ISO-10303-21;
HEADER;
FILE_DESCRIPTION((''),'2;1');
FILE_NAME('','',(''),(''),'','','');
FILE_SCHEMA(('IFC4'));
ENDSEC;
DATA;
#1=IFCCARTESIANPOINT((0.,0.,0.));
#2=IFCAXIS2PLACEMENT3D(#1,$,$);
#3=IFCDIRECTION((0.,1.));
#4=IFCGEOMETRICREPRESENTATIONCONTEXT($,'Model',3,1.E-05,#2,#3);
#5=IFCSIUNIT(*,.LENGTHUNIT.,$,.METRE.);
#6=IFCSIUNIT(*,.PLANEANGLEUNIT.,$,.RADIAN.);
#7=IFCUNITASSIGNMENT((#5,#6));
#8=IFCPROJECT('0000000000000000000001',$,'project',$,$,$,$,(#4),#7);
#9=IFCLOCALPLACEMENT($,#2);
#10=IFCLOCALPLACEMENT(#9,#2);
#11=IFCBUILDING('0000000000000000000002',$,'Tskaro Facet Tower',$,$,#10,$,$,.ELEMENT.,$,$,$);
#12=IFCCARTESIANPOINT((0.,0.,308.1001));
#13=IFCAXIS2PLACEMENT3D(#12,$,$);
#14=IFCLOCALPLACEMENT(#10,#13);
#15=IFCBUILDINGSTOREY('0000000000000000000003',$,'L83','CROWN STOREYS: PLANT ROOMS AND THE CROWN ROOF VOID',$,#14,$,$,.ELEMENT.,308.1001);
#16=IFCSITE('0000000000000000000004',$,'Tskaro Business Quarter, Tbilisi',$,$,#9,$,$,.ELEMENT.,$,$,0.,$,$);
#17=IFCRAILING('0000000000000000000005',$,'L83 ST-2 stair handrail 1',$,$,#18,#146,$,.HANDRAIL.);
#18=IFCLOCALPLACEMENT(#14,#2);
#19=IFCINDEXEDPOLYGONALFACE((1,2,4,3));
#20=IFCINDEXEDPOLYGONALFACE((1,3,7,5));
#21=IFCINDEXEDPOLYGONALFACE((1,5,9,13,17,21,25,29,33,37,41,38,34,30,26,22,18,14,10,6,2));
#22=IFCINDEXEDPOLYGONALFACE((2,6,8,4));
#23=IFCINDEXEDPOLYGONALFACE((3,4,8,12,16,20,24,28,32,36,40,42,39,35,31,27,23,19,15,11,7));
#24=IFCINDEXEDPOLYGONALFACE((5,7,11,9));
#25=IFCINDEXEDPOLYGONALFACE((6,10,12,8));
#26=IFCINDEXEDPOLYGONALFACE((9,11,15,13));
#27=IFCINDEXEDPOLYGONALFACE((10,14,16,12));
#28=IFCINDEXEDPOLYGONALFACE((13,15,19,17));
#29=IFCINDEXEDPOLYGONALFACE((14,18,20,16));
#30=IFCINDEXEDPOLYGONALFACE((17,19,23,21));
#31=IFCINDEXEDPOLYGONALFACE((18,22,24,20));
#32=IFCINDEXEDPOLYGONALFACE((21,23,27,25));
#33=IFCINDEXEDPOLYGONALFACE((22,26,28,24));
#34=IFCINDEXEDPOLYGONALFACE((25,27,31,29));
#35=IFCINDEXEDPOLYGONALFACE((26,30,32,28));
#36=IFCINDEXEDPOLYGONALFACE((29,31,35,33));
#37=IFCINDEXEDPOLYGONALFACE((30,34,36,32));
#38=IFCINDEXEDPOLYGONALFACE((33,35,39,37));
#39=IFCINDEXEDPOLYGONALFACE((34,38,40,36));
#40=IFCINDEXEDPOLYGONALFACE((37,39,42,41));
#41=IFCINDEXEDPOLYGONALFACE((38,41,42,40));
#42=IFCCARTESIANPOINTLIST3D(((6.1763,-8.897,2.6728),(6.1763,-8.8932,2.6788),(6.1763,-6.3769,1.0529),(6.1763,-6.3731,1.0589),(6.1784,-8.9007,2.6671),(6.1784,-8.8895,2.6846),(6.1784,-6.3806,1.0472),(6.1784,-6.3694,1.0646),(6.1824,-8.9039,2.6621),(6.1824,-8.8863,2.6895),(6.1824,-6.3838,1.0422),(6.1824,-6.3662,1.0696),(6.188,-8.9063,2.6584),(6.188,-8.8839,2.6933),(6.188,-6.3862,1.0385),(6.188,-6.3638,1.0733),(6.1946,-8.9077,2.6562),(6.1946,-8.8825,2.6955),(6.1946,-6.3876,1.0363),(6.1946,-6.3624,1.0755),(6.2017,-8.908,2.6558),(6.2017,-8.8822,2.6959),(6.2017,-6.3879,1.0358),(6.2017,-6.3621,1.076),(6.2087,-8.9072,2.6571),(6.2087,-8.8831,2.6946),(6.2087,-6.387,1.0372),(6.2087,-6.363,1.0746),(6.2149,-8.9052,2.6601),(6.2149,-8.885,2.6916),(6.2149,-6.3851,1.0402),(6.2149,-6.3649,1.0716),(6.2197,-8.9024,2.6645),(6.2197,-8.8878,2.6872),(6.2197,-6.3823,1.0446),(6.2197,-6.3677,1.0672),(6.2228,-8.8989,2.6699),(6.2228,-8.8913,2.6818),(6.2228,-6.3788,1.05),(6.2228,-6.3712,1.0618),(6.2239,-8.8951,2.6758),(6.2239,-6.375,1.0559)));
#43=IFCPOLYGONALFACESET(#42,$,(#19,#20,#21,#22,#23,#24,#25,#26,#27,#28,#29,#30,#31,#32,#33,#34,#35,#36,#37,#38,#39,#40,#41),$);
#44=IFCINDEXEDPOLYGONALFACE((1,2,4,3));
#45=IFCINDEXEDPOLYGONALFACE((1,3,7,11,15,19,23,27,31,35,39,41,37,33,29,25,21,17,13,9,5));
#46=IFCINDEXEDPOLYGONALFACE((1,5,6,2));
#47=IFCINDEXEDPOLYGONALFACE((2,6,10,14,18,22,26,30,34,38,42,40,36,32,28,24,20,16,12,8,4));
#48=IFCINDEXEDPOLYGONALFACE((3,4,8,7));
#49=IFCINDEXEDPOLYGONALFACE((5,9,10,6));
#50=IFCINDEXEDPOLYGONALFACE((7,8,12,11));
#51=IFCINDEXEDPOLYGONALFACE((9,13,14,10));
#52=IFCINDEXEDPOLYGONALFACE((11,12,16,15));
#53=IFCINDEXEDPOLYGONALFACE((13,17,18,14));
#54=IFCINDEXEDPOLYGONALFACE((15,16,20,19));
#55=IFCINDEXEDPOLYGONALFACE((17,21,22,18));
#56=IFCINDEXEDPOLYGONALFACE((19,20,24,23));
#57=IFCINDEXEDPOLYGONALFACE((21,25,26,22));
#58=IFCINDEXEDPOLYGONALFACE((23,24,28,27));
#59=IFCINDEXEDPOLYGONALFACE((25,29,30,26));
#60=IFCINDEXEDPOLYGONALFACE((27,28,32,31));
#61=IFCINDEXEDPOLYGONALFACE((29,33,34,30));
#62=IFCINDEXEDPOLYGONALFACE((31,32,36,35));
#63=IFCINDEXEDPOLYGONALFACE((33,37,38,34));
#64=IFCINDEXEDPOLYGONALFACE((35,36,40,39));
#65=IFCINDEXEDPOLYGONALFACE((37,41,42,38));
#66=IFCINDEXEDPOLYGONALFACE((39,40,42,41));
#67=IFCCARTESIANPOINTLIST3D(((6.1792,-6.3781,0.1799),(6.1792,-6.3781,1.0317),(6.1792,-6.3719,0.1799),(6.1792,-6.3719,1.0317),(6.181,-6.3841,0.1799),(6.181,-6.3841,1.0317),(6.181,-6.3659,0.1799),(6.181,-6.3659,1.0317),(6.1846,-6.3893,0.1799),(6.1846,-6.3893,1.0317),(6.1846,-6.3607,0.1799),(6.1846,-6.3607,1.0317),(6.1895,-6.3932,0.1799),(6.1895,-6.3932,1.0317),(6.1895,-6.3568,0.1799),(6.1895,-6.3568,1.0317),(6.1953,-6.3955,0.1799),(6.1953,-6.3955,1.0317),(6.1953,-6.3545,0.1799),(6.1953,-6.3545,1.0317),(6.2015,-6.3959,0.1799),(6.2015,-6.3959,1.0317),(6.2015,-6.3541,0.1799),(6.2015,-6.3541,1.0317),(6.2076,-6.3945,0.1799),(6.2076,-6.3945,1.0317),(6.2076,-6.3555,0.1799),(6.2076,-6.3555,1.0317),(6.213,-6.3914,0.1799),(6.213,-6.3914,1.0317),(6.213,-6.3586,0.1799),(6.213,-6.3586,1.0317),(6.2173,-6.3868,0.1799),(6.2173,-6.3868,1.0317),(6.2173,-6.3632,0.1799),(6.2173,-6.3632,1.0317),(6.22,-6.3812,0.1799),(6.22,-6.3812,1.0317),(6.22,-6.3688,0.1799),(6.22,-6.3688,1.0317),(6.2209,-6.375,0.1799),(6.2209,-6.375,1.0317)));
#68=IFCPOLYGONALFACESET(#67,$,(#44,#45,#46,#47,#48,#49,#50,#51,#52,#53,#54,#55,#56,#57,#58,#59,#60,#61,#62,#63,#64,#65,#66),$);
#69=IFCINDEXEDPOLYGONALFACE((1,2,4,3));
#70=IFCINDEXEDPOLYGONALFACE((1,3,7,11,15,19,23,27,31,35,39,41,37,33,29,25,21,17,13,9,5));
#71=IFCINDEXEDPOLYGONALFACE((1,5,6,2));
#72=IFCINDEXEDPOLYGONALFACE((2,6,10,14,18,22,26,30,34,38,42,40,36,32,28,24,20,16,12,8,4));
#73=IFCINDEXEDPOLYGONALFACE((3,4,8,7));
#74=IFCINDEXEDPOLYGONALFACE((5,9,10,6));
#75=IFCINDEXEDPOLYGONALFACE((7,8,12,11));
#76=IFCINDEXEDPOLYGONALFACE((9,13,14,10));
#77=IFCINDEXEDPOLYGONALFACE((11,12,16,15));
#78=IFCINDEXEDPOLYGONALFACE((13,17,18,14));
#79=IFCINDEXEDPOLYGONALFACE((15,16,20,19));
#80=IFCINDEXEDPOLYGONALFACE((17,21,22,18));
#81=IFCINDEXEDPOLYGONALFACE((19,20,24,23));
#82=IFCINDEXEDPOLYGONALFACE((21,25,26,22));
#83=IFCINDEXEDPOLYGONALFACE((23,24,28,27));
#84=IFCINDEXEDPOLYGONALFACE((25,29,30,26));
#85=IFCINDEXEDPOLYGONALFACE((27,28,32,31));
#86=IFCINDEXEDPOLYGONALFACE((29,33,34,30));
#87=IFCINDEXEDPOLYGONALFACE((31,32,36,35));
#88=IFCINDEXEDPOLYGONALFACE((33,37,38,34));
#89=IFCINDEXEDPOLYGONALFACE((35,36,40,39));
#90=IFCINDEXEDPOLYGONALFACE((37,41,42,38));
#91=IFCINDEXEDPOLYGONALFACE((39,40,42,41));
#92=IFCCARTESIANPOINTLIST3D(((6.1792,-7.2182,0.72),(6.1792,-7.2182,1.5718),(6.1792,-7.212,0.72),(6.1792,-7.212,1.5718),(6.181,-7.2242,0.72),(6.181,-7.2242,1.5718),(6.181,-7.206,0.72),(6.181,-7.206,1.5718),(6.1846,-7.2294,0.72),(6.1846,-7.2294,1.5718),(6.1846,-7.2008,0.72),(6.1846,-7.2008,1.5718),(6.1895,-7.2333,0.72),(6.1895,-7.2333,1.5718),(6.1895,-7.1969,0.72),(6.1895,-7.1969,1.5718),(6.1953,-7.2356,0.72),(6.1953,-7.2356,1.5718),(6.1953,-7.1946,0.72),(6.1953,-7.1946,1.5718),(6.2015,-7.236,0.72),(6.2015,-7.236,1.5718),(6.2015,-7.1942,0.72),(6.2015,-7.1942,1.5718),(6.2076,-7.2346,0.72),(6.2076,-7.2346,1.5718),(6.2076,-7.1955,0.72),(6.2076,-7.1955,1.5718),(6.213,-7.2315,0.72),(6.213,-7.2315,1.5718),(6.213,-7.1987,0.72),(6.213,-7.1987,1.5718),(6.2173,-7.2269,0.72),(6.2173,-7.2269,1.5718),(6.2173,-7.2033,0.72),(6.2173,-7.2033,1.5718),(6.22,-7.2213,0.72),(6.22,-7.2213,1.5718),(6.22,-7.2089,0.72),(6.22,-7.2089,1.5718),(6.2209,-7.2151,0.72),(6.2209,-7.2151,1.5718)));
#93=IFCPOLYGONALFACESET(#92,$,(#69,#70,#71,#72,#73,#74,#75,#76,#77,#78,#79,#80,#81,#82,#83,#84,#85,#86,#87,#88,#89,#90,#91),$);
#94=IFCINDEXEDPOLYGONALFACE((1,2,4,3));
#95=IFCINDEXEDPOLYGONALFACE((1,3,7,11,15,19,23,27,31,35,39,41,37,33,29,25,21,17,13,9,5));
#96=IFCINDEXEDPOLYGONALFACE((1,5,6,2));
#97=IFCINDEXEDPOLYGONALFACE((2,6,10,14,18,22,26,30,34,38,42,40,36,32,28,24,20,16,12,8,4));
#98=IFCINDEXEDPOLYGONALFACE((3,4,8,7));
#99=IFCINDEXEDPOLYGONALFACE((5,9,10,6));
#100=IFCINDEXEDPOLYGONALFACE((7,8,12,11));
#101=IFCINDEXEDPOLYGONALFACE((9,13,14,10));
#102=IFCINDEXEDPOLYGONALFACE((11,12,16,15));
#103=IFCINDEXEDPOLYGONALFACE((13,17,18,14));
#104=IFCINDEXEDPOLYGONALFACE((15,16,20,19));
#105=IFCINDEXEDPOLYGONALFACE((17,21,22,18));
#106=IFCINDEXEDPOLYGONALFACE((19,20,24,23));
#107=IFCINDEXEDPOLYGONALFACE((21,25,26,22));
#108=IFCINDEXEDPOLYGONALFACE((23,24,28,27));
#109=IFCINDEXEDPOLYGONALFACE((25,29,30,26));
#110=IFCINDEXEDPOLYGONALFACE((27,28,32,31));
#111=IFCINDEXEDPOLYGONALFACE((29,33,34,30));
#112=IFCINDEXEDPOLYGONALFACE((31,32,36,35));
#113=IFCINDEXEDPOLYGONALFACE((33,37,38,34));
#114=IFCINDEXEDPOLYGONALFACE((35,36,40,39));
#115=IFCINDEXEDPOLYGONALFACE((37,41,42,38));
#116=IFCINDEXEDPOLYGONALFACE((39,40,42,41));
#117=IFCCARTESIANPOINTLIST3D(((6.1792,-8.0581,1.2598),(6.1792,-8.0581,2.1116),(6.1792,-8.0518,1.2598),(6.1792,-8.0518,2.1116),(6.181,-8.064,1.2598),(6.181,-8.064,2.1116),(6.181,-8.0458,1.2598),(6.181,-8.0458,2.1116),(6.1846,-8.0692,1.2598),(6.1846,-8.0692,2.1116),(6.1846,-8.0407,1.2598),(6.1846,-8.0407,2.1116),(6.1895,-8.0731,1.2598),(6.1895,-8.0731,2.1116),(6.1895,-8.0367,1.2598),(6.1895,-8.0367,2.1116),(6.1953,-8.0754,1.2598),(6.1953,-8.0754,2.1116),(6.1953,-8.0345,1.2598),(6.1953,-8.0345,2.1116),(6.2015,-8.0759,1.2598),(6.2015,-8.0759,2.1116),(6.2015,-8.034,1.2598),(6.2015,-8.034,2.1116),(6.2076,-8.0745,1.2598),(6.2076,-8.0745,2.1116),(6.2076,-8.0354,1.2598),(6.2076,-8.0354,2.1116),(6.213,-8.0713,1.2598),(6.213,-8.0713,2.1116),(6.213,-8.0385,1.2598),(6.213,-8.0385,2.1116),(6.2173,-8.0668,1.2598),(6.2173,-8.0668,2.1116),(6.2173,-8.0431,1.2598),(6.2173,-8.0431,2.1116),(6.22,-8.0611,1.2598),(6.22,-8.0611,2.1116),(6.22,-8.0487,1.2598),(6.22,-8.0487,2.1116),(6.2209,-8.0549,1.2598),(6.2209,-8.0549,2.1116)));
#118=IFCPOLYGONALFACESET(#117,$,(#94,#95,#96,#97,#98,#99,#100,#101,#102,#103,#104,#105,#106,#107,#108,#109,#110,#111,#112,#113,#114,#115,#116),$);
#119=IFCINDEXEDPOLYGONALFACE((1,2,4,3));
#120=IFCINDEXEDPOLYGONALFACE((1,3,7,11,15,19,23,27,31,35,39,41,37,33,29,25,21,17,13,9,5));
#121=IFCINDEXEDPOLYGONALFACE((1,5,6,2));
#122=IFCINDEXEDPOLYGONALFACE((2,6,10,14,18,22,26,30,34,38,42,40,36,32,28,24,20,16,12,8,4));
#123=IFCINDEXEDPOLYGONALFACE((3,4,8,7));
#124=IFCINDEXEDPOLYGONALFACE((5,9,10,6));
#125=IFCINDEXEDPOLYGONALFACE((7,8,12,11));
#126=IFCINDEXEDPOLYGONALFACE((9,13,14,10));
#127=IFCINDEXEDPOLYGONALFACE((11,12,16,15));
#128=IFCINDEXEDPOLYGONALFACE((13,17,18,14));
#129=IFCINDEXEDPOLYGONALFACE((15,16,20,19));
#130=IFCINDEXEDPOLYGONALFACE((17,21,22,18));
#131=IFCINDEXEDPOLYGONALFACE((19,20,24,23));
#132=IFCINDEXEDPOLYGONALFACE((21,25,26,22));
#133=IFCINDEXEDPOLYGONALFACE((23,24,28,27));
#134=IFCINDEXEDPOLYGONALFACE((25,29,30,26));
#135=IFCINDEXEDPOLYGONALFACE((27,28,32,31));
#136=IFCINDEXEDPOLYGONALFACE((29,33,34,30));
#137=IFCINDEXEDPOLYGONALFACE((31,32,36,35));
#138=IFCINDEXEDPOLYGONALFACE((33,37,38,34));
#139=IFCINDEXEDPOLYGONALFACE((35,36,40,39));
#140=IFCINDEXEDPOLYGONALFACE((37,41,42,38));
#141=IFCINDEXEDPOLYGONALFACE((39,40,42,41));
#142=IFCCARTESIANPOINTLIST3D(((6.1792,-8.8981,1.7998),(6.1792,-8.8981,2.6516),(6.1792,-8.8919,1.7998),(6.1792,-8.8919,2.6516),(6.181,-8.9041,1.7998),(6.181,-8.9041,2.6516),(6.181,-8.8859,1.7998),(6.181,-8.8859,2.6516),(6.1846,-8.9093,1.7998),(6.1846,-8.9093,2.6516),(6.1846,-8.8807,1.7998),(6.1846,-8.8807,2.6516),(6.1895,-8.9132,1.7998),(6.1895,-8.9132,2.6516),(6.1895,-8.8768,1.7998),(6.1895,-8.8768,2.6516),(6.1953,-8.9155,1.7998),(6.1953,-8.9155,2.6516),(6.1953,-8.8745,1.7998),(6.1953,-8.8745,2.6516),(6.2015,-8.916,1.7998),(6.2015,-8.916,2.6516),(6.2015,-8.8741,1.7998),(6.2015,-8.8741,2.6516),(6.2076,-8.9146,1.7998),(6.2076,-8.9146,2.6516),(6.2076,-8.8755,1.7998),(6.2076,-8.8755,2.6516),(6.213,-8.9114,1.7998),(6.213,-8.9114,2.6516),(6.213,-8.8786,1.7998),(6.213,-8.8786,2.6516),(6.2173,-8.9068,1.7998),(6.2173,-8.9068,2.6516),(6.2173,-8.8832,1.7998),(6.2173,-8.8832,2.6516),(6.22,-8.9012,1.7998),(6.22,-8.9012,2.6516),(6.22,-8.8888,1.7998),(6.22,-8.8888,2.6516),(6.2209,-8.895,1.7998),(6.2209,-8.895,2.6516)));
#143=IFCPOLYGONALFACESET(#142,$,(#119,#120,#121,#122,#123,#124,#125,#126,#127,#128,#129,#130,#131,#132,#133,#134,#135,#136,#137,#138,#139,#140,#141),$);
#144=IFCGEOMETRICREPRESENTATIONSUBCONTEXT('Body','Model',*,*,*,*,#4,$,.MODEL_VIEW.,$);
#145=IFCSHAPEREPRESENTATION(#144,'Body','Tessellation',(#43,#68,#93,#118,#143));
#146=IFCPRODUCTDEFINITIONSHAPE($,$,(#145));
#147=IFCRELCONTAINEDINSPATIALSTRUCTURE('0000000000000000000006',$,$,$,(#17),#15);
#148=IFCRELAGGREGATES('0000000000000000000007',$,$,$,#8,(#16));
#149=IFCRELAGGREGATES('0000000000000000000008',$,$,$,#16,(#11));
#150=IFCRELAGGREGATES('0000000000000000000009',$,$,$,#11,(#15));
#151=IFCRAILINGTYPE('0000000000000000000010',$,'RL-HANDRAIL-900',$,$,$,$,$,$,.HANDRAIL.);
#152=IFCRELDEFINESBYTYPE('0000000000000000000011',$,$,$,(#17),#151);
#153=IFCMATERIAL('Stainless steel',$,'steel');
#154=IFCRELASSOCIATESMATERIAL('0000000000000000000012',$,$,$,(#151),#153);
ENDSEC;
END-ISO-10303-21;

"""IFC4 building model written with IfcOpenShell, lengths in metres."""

from ifc_helpers import new_model, si_unit, direction, frame, origin, origin_2d, place, context, subcontext, project, spatial, circle, extrude, material, type_object, element, save


model = new_model("IFC4")

# Units and contexts
model_context = context("Model", 3, precision=1e-05, world=origin(), true_north=direction((0.0, 1.0)))
body_context = subcontext(model_context, "Body", "Model", "MODEL_VIEW")
ifc_project = project(units=[si_unit("LENGTHUNIT", "METRE"), si_unit("PLANEANGLEUNIT", "RADIAN")], contexts=[model_context])

# Site, building, storey
site_placement = place(None, origin())
site = spatial("IfcSite", under=ifc_project, at=site_placement, Name="Tskaro Business Quarter, Tbilisi", CompositionType="ELEMENT", RefElevation=0.0)
building_placement = place(site_placement, origin())
building = spatial("IfcBuilding", under=site, at=building_placement, Name="Tskaro Facet Tower", CompositionType="ELEMENT")
storey_placement = place(building_placement, frame((0.0, 0.0, 308.1001)))
storey = spatial("IfcBuildingStorey", under=building, at=storey_placement, Name="L83", Description="CROWN STOREYS: PLANT ROOMS AND THE CROWN ROOF VOID", CompositionType="ELEMENT", Elevation=308.1001)

# Railing
ifc_material_1 = material(Name="Stainless steel", Category="steel")
railing_type_1 = type_object("IfcRailingType", Name="RL-HANDRAIL-900", PredefinedType="HANDRAIL", material=ifc_material_1)
railing_1_placement = place(storey_placement, frame((6.2, -6.375, 0.1799)))
element("IfcRailing", 1, at=railing_1_placement, inside=storey, type_object=railing_type_1, Name="L83 ST-2 stair handrail 1", PredefinedType="HANDRAIL", context=body_context, shape_type="SweptSolid", body=[
    extrude(circle(Radius=0.0239, at=origin_2d()), frame((0.0, 0.0, 0.876), z_axis=(0.0, -0.8412, 0.540725), x_axis=(1.0, 0.0, 0.0)), (0.0, 0.0, 1.0), 2.9958),
    extrude(circle(Radius=0.021, at=origin_2d()), origin(), (0.0, 0.0, 1.0), 0.8518),
    extrude(circle(Radius=0.021, at=origin_2d()), frame((0.0, -0.8401, 0.54)), (0.0, 0.0, 1.0), 0.8518),
    extrude(circle(Radius=0.021, at=origin_2d()), frame((0.0, -1.6799, 1.0798)), (0.0, 0.0, 1.0), 0.8518),
    extrude(circle(Radius=0.021, at=origin_2d()), frame((0.0, -2.52, 1.6199)), (0.0, 0.0, 1.0), 0.8518),
])

save(model, "model.ifc")
